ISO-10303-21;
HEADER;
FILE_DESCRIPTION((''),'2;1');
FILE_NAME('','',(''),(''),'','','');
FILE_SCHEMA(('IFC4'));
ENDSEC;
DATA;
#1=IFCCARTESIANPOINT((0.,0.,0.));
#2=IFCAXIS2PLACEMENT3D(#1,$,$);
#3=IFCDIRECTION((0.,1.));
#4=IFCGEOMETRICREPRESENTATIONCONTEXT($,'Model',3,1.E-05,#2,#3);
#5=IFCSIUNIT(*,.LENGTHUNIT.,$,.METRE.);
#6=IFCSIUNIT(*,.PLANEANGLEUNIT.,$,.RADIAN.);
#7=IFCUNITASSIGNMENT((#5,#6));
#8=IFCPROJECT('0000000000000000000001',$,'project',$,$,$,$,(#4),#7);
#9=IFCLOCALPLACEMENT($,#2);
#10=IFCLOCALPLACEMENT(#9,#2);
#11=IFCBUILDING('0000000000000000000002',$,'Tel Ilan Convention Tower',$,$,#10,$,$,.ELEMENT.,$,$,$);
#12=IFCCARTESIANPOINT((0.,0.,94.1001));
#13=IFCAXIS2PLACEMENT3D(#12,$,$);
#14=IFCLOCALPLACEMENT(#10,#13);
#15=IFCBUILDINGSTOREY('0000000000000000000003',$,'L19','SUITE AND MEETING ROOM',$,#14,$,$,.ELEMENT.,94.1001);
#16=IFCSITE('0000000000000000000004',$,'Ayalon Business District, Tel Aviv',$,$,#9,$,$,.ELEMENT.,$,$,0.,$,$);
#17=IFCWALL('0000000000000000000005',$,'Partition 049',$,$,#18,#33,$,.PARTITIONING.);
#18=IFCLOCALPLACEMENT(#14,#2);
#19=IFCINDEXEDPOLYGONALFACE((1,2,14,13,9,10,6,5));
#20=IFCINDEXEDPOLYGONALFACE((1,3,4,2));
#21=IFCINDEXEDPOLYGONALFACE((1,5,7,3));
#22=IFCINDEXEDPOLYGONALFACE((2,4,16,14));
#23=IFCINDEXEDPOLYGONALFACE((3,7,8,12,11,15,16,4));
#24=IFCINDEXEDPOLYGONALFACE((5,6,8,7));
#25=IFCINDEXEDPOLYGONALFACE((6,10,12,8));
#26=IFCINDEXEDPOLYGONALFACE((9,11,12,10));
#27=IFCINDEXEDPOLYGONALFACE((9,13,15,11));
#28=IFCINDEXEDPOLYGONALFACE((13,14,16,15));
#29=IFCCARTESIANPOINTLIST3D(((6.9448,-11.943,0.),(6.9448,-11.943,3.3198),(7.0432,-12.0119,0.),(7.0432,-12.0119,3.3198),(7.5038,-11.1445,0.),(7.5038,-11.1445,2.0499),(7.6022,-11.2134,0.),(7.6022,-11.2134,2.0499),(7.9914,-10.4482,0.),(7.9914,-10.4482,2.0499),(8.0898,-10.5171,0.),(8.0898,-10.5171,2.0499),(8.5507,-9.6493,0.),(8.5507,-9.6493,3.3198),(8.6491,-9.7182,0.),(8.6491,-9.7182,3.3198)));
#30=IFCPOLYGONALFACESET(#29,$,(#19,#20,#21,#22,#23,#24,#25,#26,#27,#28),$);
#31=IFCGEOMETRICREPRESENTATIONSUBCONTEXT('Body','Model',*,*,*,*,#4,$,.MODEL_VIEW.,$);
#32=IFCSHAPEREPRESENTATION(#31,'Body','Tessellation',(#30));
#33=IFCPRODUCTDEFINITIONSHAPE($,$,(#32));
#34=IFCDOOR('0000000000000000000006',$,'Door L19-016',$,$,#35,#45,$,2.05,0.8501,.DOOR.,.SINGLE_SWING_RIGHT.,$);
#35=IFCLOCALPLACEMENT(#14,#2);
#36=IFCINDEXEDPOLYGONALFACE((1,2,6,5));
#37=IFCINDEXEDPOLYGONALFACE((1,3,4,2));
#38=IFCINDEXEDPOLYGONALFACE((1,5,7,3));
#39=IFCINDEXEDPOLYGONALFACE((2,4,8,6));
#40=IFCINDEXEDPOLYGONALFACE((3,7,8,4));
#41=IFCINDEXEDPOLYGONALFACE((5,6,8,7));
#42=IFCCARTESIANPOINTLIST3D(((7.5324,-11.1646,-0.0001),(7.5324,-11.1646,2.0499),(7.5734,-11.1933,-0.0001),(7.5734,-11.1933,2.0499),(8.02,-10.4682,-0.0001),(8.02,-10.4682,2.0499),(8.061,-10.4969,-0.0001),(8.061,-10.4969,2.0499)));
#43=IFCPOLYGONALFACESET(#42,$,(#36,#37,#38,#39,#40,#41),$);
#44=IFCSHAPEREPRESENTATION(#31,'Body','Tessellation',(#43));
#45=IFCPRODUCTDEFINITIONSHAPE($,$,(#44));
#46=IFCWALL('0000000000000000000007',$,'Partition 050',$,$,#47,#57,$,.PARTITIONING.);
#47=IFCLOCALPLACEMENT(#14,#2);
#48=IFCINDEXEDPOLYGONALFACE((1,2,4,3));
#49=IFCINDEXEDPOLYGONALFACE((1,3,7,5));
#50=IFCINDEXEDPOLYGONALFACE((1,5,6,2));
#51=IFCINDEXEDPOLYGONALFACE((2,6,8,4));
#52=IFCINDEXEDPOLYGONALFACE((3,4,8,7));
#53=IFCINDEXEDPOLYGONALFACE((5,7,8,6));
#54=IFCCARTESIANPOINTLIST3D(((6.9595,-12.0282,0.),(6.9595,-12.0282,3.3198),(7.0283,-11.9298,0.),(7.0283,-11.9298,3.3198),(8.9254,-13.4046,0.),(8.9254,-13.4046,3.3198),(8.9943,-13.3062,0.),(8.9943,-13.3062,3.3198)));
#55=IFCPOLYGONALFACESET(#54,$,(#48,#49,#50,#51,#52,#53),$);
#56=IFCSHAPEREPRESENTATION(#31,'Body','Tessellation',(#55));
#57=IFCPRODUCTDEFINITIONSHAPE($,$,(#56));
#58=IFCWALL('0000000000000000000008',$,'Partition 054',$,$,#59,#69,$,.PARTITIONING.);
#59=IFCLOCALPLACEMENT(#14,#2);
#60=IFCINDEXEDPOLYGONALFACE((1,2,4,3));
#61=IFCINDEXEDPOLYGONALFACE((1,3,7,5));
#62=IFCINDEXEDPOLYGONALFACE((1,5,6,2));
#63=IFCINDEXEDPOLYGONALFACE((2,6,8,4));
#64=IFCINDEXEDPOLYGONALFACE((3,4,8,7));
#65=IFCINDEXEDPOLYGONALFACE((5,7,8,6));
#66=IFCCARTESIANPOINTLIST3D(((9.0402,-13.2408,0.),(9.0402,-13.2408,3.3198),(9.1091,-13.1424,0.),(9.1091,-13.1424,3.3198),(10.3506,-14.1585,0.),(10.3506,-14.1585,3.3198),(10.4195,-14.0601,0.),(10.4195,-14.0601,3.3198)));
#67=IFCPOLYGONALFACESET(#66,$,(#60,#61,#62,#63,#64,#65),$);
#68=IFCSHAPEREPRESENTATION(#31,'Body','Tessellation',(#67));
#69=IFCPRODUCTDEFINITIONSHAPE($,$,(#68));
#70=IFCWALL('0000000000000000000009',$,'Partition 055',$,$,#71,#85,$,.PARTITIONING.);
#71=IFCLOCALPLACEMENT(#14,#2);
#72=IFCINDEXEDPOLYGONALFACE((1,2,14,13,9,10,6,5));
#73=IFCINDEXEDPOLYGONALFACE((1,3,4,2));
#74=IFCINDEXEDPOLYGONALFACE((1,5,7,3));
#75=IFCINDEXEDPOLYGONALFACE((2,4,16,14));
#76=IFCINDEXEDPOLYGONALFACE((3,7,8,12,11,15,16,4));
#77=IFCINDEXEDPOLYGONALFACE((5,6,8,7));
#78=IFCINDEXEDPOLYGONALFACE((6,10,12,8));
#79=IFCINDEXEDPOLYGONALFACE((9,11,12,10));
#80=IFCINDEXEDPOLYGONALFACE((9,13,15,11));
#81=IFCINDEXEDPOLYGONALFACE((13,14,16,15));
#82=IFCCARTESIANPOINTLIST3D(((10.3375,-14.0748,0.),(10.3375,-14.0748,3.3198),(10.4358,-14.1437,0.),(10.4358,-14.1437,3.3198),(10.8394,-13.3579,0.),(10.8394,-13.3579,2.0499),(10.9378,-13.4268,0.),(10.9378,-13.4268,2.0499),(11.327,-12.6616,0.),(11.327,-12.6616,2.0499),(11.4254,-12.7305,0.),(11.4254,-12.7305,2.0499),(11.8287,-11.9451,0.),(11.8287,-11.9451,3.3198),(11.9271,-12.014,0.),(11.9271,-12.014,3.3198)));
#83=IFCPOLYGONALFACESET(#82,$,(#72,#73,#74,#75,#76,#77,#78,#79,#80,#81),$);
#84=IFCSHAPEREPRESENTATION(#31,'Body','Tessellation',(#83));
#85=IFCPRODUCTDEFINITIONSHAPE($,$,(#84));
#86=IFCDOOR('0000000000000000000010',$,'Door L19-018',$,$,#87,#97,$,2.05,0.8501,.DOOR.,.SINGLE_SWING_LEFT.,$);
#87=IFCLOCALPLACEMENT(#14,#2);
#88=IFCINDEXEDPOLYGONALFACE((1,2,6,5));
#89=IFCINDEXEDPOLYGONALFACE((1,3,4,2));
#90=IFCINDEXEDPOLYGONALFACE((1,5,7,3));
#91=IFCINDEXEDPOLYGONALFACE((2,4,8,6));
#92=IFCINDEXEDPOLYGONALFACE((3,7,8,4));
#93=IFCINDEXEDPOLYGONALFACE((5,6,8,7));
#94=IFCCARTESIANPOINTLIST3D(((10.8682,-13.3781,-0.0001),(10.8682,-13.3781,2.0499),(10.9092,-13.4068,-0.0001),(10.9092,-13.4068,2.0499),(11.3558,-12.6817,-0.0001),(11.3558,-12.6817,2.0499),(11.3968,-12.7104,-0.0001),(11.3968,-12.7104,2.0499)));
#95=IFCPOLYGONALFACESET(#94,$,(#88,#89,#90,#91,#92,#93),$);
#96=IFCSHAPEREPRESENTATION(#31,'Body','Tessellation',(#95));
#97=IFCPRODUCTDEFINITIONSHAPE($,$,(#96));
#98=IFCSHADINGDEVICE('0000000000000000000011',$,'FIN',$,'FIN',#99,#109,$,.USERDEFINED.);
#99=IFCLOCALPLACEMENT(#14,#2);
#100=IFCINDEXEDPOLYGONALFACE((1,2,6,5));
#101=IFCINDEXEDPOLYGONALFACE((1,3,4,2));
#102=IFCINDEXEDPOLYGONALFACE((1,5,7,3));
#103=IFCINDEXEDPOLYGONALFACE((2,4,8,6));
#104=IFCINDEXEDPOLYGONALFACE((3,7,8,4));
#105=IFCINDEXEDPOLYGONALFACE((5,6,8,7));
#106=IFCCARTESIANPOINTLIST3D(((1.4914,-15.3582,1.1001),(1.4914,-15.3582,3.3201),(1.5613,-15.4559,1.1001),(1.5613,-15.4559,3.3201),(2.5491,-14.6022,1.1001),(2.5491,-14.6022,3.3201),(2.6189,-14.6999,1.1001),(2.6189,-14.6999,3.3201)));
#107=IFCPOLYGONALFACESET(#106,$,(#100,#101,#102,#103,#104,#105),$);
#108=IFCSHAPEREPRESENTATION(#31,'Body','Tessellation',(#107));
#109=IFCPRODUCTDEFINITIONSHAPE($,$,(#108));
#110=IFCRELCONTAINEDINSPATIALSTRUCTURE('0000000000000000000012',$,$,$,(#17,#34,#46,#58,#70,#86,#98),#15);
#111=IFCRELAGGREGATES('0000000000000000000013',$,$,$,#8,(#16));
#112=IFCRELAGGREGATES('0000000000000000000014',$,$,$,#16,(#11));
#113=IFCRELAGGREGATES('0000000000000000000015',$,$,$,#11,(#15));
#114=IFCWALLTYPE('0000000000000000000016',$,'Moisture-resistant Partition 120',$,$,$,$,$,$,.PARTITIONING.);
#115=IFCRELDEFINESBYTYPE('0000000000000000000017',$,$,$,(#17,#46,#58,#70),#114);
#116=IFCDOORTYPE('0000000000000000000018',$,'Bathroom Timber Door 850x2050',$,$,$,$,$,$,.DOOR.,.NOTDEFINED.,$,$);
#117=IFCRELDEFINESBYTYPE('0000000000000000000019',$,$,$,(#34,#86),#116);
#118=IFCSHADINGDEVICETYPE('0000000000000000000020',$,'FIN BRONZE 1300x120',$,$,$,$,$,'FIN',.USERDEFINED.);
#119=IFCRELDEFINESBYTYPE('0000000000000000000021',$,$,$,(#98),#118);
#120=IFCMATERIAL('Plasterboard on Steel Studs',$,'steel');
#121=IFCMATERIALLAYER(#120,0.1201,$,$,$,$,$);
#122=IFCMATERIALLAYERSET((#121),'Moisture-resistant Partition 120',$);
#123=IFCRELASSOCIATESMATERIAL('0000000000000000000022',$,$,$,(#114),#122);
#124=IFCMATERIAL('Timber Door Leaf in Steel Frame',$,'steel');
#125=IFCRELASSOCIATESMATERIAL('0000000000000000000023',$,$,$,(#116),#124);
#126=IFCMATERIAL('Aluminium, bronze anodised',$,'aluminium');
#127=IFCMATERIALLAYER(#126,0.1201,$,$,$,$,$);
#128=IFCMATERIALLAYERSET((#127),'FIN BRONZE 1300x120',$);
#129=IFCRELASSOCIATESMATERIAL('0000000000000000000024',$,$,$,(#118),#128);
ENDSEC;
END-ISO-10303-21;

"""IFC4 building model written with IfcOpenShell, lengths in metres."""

from ifc_helpers import new_model, si_unit, direction, frame, frame_2d, origin, origin_2d, place, context, subcontext, project, spatial, rectangle, extrude, material, layer, layer_set, type_object, element, fill, save


model = new_model("IFC4")

# Units and contexts
model_context = context("Model", 3, precision=1e-05, world=origin(), true_north=direction((0.0, 1.0)))
body_context = subcontext(model_context, "Body", "Model", "MODEL_VIEW")
ifc_project = project(units=[si_unit("LENGTHUNIT", "METRE"), si_unit("PLANEANGLEUNIT", "RADIAN")], contexts=[model_context])

# Site, building, storey
site_placement = place(None, origin())
site = spatial("IfcSite", under=ifc_project, at=site_placement, Name="Ayalon Business District, Tel Aviv", CompositionType="ELEMENT", RefElevation=0.0)
building_placement = place(site_placement, origin())
building = spatial("IfcBuilding", under=site, at=building_placement, Name="Tel Ilan Convention Tower", CompositionType="ELEMENT")
storey_placement = place(building_placement, frame((0.0, 0.0, 94.1001)))
storey = spatial("IfcBuildingStorey", under=building, at=storey_placement, Name="L19", Description="SUITE AND MEETING ROOM", CompositionType="ELEMENT", Elevation=94.1001)

# Wall, opening, door
ifc_material_1 = material(Name="Plasterboard on Steel Studs", Category="steel")
ifc_layer_1 = layer(ifc_material_1, 0.1201)
ifc_layer_set_1 = layer_set([ifc_layer_1], Name="Moisture-resistant Partition 120")
wall_type_1 = type_object("IfcWallType", Name="Moisture-resistant Partition 120", PredefinedType="PARTITIONING", material=ifc_layer_set_1)
wall_1_placement = place(storey_placement, frame((8.5999, -9.6838, 0.0), z_axis=(0.0, 0.0, 1.0), x_axis=(-0.57355, -0.81917, 0.0)))
wall_1 = element("IfcWall", 1, at=wall_1_placement, inside=storey, type_object=wall_type_1, Name="Partition 049", PredefinedType="PARTITIONING", context=body_context, shape_type="SweptSolid", body=[
    extrude(rectangle(XDim=2.8, YDim=0.1201, at=frame_2d((1.3999, 0.0))), origin(), (0.0, 0.0, 1.0), 3.3198),
])
opening_1_placement = place(wall_1_placement, frame((0.9751, 0.0, 0.0)))
opening_1 = element("IfcOpeningElement", 2, at=opening_1_placement, cuts=wall_1, PredefinedType="OPENING", context=body_context, shape_type="SweptSolid", body=[
    extrude(rectangle(XDim=0.8501, YDim=2.05, at=frame_2d((0.425, 1.0249))), frame((0.0, 0.0701, 0.0), z_axis=(0.0, -1.0, 0.0), x_axis=(1.0, 0.0, 0.0)), (0.0, 0.0, 1.0), 0.1401),
])
ifc_material_2 = material(Name="Timber Door Leaf in Steel Frame", Category="steel")
door_type_1 = type_object("IfcDoorType", Name="Bathroom Timber Door 850x2050", OperationType="NOTDEFINED", PredefinedType="DOOR", material=ifc_material_2)
door_1_placement = place(opening_1_placement, origin())
door_1 = element("IfcDoor", 3, at=door_1_placement, inside=storey, type_object=door_type_1, Name="Door L19-016", OperationType="SINGLE_SWING_RIGHT", OverallHeight=2.05, OverallWidth=0.8501, PredefinedType="DOOR", context=body_context, shape_type="SweptSolid", body=[
    extrude(rectangle(XDim=0.8501, YDim=2.05, at=frame_2d((0.425, 1.0249))), frame((0.0, 0.0249, 0.0), z_axis=(0.0, -1.0, 0.0), x_axis=(1.0, 0.0, 0.0)), (0.0, 0.0, 1.0), 0.05),
])
fill(opening_1, door_1)

# Walls
wall_2_placement = place(storey_placement, frame((6.9939, -11.979, 0.0), z_axis=(0.0, 0.0, 1.0), x_axis=(0.819189, -0.573524, 0.0)))
element("IfcWall", 4, at=wall_2_placement, inside=storey, type_object=wall_type_1, Name="Partition 050", PredefinedType="PARTITIONING", context=body_context, shape_type="SweptSolid", body=[
    extrude(rectangle(XDim=2.3999, YDim=0.1201, at=frame_2d((1.2, 0.0))), origin(), (0.0, 0.0, 1.0), 3.3198),
])
wall_3_placement = place(storey_placement, frame((9.0747, -13.1917, 0.0), z_axis=(0.0, 0.0, 1.0), x_axis=(0.819132, -0.573606, 0.0)))
element("IfcWall", 5, at=wall_3_placement, inside=storey, type_object=wall_type_1, Name="Partition 054", PredefinedType="PARTITIONING", context=body_context, shape_type="SweptSolid", body=[
    extrude(rectangle(XDim=1.5999, YDim=0.1201, at=frame_2d((0.7998, 0.0))), origin(), (0.0, 0.0, 1.0), 3.3198),
])

# Wall, opening, door
wall_4_placement = place(storey_placement, frame((10.3867, -14.1091, 0.0), z_axis=(0.0, 0.0, 1.0), x_axis=(0.573582, 0.819148, 0.0)))
wall_4 = element("IfcWall", 6, at=wall_4_placement, inside=storey, type_object=wall_type_1, Name="Partition 055", PredefinedType="PARTITIONING", context=body_context, shape_type="SweptSolid", body=[
    extrude(rectangle(XDim=2.5999, YDim=0.1201, at=frame_2d((1.2998, 0.0))), origin(), (0.0, 0.0, 1.0), 3.3198),
])
opening_2_placement = place(wall_4_placement, frame((0.875, 0.0, 0.0)))
opening_2 = element("IfcOpeningElement", 7, at=opening_2_placement, cuts=wall_4, PredefinedType="OPENING", context=body_context, shape_type="SweptSolid", body=[
    extrude(rectangle(XDim=0.8501, YDim=2.05, at=frame_2d((0.425, 1.0249))), frame((0.0, 0.0701, 0.0), z_axis=(0.0, -1.0, 0.0), x_axis=(1.0, 0.0, 0.0)), (0.0, 0.0, 1.0), 0.1401),
])
door_2_placement = place(opening_2_placement, origin())
door_2 = element("IfcDoor", 8, at=door_2_placement, inside=storey, type_object=door_type_1, Name="Door L19-018", OperationType="SINGLE_SWING_LEFT", OverallHeight=2.05, OverallWidth=0.8501, PredefinedType="DOOR", context=body_context, shape_type="SweptSolid", body=[
    extrude(rectangle(XDim=0.8501, YDim=2.05, at=frame_2d((0.425, 1.0249))), frame((0.0, 0.0249, 0.0), z_axis=(0.0, -1.0, 0.0), x_axis=(1.0, 0.0, 0.0)), (0.0, 0.0, 1.0), 0.05),
])
fill(opening_2, door_2)

# Shading device
ifc_material_3 = material(Name="Aluminium, bronze anodised", Category="aluminium")
ifc_layer_2 = layer(ifc_material_3, 0.1201)
ifc_layer_set_2 = layer_set([ifc_layer_2], Name="FIN BRONZE 1300x120")
shading_device_type = type_object("IfcShadingDeviceType", Name="FIN BRONZE 1300x120", ElementType="FIN", PredefinedType="USERDEFINED", material=ifc_layer_set_2)
shading_device_placement = place(storey_placement, frame((2.0552, -15.0291, 1.1001), z_axis=(0.0, 0.0, 1.0), x_axis=(-0.813552, -0.581492, 0.0)))
element("IfcShadingDevice", 9, at=shading_device_placement, inside=storey, type_object=shading_device_type, Name="FIN", ObjectType="FIN", PredefinedType="USERDEFINED", context=body_context, shape_type="SweptSolid", body=[
    extrude(rectangle(XDim=1.3, YDim=0.1201, at=origin_2d()), origin(), (0.0, 0.0, 1.0), 2.22),
])

save(model, "model.ifc")
